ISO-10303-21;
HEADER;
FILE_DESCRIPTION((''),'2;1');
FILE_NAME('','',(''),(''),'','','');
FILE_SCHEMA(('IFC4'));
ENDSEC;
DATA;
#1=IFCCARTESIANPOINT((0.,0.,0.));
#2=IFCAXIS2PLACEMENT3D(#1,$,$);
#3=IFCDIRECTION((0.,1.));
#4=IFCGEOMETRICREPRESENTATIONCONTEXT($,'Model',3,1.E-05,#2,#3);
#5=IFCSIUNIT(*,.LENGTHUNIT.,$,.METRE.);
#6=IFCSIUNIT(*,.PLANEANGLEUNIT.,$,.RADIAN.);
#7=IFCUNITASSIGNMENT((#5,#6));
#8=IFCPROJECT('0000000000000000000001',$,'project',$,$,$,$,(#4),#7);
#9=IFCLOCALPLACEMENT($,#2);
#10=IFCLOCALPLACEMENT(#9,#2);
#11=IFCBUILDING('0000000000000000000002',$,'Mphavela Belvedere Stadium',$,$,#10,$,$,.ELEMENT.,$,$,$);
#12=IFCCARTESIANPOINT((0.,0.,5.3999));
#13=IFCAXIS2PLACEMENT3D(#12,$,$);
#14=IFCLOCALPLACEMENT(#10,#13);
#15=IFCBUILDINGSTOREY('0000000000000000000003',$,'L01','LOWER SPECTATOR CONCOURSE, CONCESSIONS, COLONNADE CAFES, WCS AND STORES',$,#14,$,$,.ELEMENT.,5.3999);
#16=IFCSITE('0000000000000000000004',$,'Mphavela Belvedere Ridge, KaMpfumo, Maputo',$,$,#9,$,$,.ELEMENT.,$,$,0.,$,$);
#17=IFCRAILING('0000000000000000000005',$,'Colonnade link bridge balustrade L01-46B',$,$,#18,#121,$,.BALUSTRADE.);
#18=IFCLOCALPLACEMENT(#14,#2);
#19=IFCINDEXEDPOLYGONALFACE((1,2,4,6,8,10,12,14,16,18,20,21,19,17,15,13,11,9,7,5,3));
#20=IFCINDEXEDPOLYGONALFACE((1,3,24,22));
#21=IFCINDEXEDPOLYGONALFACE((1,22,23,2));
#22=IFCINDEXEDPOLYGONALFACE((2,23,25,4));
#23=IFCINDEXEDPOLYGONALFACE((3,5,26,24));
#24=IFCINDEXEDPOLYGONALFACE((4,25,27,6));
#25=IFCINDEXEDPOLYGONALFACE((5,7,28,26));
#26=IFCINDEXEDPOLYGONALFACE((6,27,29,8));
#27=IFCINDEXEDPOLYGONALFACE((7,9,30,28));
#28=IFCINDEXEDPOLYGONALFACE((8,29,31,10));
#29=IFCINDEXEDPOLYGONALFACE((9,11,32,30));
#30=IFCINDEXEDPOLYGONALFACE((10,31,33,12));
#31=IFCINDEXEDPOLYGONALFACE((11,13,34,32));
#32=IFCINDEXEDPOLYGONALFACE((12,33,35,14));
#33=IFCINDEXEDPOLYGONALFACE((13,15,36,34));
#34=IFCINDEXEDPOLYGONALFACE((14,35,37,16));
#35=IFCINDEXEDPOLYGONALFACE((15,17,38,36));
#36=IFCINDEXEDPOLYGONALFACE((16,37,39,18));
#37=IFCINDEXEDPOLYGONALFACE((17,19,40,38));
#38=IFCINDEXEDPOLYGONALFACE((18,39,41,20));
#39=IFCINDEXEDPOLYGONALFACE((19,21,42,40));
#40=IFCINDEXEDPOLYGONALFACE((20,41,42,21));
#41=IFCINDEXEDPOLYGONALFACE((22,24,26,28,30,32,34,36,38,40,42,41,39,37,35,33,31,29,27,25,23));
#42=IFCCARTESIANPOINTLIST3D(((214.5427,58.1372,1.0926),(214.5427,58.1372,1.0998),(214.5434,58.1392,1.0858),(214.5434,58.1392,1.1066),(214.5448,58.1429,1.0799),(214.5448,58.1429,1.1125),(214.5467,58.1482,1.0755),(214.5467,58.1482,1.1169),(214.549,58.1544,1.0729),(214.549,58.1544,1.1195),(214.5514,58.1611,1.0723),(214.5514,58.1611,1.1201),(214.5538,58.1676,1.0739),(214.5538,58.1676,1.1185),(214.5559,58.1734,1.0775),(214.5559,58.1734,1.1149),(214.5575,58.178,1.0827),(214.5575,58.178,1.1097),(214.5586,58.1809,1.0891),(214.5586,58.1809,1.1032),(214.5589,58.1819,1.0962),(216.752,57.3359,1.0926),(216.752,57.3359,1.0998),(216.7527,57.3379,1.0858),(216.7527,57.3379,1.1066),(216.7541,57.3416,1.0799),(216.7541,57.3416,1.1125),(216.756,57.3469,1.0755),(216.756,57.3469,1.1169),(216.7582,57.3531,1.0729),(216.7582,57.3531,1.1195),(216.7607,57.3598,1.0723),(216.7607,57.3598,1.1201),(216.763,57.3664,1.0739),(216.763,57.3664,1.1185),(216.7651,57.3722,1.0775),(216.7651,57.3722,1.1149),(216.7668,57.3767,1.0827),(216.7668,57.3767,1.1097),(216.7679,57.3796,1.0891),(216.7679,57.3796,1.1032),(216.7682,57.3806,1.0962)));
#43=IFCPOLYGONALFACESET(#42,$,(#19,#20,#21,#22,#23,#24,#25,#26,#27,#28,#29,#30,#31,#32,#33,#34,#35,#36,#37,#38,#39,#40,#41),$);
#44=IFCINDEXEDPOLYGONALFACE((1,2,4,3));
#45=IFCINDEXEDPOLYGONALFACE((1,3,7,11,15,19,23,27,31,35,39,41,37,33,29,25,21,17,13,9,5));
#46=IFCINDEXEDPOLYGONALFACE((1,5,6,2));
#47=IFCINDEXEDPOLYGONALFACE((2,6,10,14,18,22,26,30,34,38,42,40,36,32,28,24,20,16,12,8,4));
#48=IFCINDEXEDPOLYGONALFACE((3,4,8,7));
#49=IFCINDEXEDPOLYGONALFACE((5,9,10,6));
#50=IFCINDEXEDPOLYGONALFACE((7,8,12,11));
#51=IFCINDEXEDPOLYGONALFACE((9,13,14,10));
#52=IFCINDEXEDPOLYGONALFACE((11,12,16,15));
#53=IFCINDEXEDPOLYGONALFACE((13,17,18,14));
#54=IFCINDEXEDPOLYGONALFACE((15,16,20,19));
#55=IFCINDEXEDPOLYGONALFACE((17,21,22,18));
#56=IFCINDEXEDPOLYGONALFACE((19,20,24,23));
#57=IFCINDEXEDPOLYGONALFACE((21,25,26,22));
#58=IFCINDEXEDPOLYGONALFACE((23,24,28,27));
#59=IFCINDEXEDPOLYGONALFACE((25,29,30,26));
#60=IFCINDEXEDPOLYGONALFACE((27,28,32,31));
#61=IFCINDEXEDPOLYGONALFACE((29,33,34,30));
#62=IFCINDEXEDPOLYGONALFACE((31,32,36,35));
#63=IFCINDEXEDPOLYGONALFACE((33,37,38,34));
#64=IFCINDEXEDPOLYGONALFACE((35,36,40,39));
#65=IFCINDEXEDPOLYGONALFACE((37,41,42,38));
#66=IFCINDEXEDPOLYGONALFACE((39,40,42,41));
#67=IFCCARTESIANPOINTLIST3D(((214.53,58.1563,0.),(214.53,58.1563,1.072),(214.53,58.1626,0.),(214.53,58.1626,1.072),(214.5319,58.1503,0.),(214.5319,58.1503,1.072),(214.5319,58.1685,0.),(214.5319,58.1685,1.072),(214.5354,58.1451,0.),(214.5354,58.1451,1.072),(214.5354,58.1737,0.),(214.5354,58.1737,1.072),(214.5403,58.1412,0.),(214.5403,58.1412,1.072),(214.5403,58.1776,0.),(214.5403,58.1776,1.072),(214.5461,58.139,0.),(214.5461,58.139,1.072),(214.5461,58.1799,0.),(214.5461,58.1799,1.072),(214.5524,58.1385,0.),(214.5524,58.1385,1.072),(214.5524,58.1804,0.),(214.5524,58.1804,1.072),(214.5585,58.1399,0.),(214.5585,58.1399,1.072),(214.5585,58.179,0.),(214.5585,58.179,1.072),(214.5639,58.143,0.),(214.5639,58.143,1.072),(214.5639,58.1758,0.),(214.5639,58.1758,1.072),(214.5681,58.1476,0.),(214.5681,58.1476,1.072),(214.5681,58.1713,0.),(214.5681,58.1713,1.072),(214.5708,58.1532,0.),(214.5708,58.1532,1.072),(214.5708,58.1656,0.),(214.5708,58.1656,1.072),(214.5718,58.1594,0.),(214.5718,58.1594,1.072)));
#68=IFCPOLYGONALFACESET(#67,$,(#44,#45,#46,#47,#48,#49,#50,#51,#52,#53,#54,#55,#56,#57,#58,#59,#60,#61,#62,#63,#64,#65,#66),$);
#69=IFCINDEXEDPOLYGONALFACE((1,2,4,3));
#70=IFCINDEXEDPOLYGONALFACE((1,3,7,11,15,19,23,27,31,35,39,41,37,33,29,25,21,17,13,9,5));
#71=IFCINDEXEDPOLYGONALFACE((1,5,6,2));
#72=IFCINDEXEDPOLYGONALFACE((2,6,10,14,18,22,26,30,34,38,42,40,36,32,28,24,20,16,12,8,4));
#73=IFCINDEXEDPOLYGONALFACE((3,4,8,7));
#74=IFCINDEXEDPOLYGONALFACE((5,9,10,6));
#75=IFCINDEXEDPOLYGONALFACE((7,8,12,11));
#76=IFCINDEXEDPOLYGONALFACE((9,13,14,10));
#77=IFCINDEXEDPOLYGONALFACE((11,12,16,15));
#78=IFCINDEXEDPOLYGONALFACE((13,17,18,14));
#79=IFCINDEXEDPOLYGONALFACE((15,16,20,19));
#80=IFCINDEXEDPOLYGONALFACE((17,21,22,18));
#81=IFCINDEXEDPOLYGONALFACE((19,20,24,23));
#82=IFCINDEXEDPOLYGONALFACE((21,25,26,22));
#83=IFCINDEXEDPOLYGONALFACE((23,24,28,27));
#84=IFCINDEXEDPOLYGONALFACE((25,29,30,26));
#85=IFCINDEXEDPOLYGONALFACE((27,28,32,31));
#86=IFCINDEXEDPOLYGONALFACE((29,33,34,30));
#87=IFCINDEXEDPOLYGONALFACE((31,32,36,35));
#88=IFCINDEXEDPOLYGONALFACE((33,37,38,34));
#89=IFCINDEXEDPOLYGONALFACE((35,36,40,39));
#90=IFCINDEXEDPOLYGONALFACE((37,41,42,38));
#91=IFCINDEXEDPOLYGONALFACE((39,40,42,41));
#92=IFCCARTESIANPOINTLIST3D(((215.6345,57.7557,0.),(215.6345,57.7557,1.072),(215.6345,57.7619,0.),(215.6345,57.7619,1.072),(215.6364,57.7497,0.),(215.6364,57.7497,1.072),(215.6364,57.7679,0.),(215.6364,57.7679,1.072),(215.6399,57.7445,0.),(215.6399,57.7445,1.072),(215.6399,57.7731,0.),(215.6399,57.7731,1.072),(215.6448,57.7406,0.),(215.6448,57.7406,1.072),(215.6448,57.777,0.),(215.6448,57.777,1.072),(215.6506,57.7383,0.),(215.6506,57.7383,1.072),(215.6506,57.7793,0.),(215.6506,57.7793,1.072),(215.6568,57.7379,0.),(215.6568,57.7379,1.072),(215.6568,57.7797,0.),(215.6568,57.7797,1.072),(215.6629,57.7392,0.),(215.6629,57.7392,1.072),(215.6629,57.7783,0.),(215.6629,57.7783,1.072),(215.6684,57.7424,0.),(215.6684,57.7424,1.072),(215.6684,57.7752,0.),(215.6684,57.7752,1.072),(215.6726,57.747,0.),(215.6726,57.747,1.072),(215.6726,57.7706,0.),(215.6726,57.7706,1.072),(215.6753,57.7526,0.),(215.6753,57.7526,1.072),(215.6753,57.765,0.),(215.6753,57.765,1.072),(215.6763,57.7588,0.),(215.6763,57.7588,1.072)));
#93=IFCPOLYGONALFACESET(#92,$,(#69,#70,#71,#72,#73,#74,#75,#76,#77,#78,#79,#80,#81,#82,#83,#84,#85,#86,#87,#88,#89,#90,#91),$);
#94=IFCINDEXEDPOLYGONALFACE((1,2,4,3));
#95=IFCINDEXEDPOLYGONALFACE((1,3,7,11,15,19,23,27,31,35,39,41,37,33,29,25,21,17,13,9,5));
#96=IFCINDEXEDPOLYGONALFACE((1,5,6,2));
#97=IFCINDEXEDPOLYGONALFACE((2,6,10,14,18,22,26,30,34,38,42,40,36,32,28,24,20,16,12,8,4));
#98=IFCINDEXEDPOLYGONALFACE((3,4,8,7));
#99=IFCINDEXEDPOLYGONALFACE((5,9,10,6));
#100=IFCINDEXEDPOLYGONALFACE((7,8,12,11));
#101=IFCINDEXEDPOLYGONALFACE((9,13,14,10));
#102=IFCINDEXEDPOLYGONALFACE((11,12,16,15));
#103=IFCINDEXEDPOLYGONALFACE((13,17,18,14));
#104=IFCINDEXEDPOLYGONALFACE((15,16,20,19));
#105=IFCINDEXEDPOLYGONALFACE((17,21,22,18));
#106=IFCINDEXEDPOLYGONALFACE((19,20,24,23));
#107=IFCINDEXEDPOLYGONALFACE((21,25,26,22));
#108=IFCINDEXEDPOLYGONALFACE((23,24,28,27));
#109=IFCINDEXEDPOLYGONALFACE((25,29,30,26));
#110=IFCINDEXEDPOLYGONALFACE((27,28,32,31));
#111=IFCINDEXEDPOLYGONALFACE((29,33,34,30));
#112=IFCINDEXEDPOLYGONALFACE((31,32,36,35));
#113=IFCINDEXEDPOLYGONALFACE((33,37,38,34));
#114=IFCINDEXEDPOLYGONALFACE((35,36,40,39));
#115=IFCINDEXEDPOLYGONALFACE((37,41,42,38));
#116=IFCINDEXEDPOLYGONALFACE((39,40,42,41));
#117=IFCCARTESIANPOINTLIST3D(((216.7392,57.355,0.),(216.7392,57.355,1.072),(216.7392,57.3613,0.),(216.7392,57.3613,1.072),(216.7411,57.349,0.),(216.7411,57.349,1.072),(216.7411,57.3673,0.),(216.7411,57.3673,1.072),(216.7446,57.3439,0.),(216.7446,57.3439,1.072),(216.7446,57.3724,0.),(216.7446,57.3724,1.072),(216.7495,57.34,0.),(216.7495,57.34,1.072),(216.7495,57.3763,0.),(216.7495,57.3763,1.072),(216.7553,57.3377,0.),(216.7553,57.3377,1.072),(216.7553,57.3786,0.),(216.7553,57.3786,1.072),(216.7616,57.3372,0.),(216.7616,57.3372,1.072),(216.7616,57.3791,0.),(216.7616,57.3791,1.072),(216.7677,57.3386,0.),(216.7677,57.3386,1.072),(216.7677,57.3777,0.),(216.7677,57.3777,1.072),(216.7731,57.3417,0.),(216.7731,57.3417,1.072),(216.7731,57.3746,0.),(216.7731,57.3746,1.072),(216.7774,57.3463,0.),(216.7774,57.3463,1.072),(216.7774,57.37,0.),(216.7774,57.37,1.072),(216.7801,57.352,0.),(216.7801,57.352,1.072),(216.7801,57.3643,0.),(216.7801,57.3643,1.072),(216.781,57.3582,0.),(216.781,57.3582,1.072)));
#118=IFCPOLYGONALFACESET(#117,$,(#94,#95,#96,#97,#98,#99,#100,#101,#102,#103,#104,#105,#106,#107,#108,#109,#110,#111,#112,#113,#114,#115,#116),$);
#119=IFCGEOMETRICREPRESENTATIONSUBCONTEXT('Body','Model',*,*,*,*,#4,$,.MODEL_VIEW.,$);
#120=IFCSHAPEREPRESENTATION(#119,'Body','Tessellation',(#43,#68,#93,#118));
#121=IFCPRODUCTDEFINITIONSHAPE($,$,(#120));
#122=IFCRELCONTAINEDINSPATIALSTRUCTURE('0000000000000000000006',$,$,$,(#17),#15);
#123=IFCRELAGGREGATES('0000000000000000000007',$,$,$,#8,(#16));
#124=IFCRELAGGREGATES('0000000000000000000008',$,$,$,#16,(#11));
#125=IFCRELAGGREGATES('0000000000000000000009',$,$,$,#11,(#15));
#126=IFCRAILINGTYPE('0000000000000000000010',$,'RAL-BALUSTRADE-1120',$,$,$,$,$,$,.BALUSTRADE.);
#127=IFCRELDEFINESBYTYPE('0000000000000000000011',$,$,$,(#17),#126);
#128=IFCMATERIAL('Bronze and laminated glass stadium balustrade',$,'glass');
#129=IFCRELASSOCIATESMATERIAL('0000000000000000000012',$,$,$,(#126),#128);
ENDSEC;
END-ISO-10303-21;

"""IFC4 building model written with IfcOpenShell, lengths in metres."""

from ifc_helpers import new_model, si_unit, direction, frame, origin, origin_2d, place, context, subcontext, project, spatial, circle, extrude, material, type_object, element, save


model = new_model("IFC4")

# Units and contexts
model_context = context("Model", 3, precision=1e-05, world=origin(), true_north=direction((0.0, 1.0)))
body_context = subcontext(model_context, "Body", "Model", "MODEL_VIEW")
ifc_project = project(units=[si_unit("LENGTHUNIT", "METRE"), si_unit("PLANEANGLEUNIT", "RADIAN")], contexts=[model_context])

# Site, building, storey
site_placement = place(None, origin())
site = spatial("IfcSite", under=ifc_project, at=site_placement, Name="Mphavela Belvedere Ridge, KaMpfumo, Maputo", CompositionType="ELEMENT", RefElevation=0.0)
building_placement = place(site_placement, origin())
building = spatial("IfcBuilding", under=site, at=building_placement, Name="Mphavela Belvedere Stadium", CompositionType="ELEMENT")
storey_placement = place(building_placement, frame((0.0, 0.0, 5.3999)))
storey = spatial("IfcBuildingStorey", under=building, at=storey_placement, Name="L01", Description="LOWER SPECTATOR CONCOURSE, CONCESSIONS, COLONNADE CAFES, WCS AND STORES", CompositionType="ELEMENT", Elevation=5.3999)

# Railing
ifc_material_1 = material(Name="Bronze and laminated glass stadium balustrade", Category="glass")
railing_type = type_object("IfcRailingType", Name="RAL-BALUSTRADE-1120", PredefinedType="BALUSTRADE", material=ifc_material_1)
railing_1_placement = place(storey_placement, frame((214.5508, 58.1594, 0.0)))
element("IfcRailing", 1, at=railing_1_placement, inside=storey, type_object=railing_type, Name="Colonnade link bridge balustrade L01-46B", PredefinedType="BALUSTRADE", context=body_context, shape_type="SweptSolid", body=[
    extrude(circle(Radius=0.0239, at=origin_2d()), frame((0.0, 0.0, 1.0962), z_axis=(0.940078, -0.340959, 0.0), x_axis=(0.340959, 0.940078, 0.0)), (0.0, 0.0, 1.0), 2.3501),
    extrude(circle(Radius=0.021, at=origin_2d()), origin(), (0.0, 0.0, 1.0), 1.072),
    extrude(circle(Radius=0.021, at=origin_2d()), frame((1.1045, -0.4006, 0.0)), (0.0, 0.0, 1.0), 1.072),
    extrude(circle(Radius=0.021, at=origin_2d()), frame((2.2092, -0.8013, 0.0)), (0.0, 0.0, 1.0), 1.072),
])

save(model, "model.ifc")
